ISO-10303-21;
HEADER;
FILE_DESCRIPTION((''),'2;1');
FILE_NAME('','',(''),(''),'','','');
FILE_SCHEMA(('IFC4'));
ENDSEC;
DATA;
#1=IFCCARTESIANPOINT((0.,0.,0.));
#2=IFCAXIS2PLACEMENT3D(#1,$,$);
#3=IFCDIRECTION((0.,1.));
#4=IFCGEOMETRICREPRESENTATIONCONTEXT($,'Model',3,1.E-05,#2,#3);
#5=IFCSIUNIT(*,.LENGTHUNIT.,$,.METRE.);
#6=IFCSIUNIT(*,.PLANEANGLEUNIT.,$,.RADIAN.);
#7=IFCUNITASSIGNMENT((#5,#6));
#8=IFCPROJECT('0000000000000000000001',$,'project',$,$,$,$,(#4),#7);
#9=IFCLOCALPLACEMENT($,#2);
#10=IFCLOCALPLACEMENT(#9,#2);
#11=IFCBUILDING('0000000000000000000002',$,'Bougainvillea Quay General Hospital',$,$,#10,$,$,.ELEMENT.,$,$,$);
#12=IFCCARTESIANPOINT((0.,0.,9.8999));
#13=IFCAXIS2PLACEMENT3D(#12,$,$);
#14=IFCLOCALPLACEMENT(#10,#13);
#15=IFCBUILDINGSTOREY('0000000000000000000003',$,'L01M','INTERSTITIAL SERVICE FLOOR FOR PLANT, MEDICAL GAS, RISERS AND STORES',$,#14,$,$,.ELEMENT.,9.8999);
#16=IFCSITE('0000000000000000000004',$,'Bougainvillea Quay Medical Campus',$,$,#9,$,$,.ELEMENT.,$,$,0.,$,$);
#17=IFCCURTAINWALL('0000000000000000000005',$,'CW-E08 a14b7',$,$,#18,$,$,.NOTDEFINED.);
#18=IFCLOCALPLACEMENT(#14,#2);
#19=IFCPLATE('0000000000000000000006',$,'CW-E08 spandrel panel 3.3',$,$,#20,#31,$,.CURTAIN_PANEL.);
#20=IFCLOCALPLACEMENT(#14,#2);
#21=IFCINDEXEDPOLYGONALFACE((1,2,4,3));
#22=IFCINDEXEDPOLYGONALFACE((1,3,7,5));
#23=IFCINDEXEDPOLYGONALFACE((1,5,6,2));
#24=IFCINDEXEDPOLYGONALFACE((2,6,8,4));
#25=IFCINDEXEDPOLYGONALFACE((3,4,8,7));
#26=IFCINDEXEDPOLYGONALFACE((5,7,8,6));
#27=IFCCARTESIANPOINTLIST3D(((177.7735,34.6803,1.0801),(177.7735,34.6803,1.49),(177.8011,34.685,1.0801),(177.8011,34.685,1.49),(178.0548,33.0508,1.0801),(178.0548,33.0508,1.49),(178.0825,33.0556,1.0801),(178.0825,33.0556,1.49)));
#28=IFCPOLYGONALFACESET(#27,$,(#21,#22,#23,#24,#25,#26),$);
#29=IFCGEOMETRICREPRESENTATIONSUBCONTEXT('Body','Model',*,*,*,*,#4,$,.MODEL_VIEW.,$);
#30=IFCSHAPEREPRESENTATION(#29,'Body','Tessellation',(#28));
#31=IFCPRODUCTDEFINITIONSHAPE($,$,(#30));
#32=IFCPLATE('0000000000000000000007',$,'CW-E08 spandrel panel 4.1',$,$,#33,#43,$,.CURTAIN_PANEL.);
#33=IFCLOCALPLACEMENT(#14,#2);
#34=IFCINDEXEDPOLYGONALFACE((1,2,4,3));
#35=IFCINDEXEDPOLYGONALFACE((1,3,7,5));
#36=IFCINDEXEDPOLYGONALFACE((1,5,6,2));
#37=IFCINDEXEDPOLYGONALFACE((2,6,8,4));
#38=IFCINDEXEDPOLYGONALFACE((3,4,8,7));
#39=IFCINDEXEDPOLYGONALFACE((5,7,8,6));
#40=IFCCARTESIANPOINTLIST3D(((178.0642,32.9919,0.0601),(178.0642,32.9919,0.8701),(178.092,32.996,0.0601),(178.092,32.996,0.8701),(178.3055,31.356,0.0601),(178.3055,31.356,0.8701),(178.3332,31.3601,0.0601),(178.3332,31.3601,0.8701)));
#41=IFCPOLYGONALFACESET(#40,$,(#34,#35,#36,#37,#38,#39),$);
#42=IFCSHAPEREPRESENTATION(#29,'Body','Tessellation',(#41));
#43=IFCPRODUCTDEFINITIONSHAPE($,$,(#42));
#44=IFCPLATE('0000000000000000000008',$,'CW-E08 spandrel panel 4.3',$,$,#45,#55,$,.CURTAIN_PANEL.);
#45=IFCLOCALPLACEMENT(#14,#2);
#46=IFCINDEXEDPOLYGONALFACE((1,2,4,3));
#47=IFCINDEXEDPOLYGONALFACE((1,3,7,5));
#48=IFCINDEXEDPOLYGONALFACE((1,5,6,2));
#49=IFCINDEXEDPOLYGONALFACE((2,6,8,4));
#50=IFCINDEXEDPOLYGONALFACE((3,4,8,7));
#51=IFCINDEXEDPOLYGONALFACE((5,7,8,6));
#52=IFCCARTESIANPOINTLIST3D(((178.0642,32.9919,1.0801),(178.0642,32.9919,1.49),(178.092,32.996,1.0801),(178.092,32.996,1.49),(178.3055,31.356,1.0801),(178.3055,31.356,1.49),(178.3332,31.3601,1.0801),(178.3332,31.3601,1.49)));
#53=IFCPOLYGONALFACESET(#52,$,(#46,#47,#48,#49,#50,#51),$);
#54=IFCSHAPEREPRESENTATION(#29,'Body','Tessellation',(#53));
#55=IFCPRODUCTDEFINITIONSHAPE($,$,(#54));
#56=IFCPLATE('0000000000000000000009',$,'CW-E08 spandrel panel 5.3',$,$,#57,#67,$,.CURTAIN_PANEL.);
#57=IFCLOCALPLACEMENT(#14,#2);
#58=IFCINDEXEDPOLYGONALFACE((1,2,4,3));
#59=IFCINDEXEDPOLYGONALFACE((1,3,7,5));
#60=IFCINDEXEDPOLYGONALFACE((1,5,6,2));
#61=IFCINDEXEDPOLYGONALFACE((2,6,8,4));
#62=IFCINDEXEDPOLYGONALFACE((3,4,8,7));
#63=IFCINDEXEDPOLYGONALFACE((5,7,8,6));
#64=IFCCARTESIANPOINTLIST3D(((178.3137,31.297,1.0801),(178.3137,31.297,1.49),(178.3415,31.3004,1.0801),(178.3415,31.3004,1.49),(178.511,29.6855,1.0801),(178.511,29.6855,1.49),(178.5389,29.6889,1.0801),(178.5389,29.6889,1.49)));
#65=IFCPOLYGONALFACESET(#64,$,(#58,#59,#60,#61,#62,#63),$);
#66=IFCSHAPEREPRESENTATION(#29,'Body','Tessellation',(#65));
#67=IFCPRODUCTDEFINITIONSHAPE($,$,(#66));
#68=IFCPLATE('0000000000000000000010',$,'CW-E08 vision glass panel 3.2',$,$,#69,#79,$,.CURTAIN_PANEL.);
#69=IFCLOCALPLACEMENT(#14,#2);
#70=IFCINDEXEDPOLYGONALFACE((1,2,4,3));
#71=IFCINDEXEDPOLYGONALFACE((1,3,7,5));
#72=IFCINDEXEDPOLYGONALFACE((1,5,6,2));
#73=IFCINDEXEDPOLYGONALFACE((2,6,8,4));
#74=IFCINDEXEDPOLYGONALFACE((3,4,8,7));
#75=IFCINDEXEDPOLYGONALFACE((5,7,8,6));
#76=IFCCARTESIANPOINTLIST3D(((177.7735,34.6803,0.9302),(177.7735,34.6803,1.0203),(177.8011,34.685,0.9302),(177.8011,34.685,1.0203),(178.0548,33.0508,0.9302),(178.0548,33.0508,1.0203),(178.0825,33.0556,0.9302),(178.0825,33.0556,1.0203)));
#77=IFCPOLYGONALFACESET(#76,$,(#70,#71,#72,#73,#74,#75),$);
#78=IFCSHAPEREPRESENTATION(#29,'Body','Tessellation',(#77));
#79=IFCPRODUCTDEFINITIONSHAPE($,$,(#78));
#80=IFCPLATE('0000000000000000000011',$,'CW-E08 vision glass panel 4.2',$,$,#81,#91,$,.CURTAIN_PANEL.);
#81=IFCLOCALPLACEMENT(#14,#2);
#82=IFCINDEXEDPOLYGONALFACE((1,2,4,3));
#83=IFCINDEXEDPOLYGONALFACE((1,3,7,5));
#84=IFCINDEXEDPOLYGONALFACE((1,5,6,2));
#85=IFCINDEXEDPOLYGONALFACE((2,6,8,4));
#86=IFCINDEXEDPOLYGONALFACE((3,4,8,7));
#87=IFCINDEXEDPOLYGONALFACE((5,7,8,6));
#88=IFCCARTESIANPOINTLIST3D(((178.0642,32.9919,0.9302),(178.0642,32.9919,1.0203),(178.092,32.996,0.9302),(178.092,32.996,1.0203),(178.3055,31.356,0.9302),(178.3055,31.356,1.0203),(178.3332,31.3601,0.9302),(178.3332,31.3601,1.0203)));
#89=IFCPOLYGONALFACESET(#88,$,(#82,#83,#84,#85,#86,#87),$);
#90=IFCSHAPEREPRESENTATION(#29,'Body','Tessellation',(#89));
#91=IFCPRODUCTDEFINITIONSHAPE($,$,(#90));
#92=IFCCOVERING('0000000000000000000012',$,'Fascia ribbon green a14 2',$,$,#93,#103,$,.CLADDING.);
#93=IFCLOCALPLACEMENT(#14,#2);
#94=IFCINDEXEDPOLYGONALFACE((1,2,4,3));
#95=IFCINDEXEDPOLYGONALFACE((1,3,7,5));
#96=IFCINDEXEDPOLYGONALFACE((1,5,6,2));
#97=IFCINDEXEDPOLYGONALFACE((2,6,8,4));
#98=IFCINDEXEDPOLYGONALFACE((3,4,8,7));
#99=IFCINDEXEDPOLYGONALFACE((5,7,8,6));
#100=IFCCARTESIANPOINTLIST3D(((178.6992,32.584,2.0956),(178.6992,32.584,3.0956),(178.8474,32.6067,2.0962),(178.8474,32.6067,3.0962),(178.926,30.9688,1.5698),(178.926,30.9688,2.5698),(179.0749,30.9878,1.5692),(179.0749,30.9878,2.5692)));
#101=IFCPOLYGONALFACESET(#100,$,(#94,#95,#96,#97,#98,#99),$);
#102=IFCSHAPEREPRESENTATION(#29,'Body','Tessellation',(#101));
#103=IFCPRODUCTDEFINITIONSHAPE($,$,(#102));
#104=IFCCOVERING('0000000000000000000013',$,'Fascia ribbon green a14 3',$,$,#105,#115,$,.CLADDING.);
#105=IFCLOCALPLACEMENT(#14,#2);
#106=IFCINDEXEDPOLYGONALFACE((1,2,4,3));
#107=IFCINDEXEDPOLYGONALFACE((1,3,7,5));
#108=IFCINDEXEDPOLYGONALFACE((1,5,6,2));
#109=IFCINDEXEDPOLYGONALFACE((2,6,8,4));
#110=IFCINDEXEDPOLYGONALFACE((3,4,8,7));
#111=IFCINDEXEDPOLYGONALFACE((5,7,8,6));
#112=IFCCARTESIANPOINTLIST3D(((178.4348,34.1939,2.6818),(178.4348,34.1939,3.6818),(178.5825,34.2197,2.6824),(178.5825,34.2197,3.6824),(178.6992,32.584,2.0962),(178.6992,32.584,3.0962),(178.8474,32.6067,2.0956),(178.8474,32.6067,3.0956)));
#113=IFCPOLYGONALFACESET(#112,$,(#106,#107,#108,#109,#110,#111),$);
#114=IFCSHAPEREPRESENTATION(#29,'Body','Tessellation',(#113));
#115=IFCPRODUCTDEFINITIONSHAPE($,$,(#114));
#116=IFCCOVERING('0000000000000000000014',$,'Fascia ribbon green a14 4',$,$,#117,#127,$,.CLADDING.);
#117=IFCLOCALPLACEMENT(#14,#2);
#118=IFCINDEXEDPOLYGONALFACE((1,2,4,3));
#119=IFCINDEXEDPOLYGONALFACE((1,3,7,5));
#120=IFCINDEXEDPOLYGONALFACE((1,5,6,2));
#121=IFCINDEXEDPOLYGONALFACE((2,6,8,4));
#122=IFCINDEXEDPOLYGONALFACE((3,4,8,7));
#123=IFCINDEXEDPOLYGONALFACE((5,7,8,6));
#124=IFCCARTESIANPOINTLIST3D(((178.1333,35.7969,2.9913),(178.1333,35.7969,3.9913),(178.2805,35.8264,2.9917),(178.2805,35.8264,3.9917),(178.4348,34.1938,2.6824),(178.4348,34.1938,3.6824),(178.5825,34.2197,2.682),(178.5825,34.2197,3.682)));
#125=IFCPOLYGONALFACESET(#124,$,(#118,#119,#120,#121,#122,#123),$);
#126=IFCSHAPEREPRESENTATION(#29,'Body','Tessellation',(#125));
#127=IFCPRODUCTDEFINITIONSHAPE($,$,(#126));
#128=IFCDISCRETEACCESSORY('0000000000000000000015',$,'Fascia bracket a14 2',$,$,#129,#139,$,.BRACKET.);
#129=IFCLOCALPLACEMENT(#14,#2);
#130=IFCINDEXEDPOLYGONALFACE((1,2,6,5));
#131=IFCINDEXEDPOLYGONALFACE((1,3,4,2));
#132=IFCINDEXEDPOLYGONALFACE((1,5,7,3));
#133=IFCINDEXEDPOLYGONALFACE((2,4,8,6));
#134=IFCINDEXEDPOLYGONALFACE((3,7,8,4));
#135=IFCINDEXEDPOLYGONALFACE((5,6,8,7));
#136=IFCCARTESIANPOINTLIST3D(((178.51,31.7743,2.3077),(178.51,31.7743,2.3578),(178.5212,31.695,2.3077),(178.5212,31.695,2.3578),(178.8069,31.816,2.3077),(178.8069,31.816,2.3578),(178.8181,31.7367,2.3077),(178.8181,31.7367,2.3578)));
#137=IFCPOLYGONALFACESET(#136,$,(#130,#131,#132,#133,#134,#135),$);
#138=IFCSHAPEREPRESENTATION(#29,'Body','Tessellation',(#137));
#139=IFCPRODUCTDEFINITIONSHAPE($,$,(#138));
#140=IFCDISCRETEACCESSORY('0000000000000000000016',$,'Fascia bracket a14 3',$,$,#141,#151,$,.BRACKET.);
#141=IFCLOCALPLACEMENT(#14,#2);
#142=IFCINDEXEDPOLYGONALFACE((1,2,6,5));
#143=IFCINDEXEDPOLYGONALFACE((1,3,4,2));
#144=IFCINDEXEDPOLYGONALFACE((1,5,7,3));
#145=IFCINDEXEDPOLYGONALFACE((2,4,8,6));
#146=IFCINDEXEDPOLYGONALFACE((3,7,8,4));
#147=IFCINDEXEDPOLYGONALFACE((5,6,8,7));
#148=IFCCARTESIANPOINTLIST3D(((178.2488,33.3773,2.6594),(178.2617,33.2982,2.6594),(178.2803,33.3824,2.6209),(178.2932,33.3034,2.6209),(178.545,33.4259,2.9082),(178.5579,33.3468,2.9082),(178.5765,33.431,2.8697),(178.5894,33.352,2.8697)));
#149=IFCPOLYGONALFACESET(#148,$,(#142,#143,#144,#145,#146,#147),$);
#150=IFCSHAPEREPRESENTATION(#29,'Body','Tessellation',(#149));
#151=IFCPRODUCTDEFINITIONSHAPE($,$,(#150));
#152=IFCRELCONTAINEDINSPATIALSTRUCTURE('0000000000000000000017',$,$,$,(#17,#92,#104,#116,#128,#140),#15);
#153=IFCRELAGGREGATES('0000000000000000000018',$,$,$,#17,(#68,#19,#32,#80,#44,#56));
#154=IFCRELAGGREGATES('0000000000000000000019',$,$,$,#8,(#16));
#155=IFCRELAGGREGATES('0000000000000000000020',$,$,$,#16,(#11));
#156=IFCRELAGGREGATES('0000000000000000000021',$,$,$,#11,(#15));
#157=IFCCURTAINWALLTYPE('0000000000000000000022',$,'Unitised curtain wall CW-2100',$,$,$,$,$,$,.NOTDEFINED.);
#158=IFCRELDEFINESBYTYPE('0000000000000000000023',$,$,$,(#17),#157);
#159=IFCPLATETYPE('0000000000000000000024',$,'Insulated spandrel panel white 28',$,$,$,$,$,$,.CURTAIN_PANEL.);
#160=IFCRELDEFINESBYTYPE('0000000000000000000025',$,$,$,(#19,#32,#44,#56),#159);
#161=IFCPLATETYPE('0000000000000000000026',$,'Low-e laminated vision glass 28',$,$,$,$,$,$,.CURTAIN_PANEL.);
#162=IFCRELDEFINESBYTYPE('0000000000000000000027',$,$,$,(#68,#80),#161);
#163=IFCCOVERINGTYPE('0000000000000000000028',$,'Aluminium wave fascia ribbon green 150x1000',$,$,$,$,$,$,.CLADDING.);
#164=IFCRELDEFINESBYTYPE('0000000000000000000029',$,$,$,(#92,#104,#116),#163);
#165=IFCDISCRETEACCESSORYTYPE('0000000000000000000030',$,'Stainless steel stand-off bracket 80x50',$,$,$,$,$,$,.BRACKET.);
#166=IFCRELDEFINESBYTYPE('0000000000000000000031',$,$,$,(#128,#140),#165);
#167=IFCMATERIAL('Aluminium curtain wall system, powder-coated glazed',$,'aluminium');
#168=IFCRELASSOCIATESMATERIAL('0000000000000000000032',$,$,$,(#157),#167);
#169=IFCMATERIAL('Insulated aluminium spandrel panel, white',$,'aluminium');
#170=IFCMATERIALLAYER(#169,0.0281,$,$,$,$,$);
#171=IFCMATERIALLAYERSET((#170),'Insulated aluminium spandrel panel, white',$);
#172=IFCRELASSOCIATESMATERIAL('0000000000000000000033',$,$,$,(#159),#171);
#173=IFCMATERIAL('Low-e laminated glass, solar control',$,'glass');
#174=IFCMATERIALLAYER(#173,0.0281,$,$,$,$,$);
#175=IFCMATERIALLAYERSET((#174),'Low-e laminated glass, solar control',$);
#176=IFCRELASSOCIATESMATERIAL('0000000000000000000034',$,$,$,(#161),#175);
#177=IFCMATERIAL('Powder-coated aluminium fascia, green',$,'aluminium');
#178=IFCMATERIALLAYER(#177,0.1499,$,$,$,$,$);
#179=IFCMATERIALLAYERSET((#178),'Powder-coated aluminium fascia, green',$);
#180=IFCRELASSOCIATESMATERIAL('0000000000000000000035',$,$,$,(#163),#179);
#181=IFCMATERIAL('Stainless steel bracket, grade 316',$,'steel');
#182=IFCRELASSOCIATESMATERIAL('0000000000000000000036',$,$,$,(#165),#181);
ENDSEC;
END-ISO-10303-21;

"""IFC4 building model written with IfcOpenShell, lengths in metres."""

from ifc_helpers import new_model, si_unit, direction, frame, origin, origin_2d, place, context, subcontext, project, spatial, polyline, rectangle, outline, extrude, material, layer, layer_set, material_profile, profile_set, type_object, element, aggregate, save


model = new_model("IFC4")

# Units and contexts
model_context = context("Model", 3, precision=1e-05, world=origin(), true_north=direction((0.0, 1.0)))
body_context = subcontext(model_context, "Body", "Model", "MODEL_VIEW")
ifc_project = project(units=[si_unit("LENGTHUNIT", "METRE"), si_unit("PLANEANGLEUNIT", "RADIAN")], contexts=[model_context])

# Site, building, storey
site_placement = place(None, origin())
site = spatial("IfcSite", under=ifc_project, at=site_placement, Name="Bougainvillea Quay Medical Campus", CompositionType="ELEMENT", RefElevation=0.0)
building_placement = place(site_placement, origin())
building = spatial("IfcBuilding", under=site, at=building_placement, Name="Bougainvillea Quay General Hospital", CompositionType="ELEMENT")
storey_placement = place(building_placement, frame((0.0, 0.0, 9.8999)))
storey = spatial("IfcBuildingStorey", under=building, at=storey_placement, Name="L01M", Description="INTERSTITIAL SERVICE FLOOR FOR PLANT, MEDICAL GAS, RISERS AND STORES", CompositionType="ELEMENT", Elevation=9.8999)

# Curtain wall, plates
ifc_material_1 = material(Name="Aluminium curtain wall system, powder-coated glazed", Category="aluminium")
curtain_wall_type = type_object("IfcCurtainWallType", Name="Unitised curtain wall CW-2100", PredefinedType="NOTDEFINED", material=ifc_material_1)
curtain_wall_placement = place(storey_placement, origin())
curtain_wall = element("IfcCurtainWall", 1, at=curtain_wall_placement, inside=storey, type_object=curtain_wall_type, Name="CW-E08 a14b7", PredefinedType="NOTDEFINED")
ifc_material_2 = material(Name="Insulated aluminium spandrel panel, white", Category="aluminium")
ifc_layer_1 = layer(ifc_material_2, 0.0281)
ifc_layer_set_1 = layer_set([ifc_layer_1], Name="Insulated aluminium spandrel panel, white")
plate_type_1 = type_object("IfcPlateType", Name="Insulated spandrel panel white 28", PredefinedType="CURTAIN_PANEL", material=ifc_layer_set_1)
plate_1_placement = place(storey_placement, frame((177.928, 33.8679, 1.0801), z_axis=(0.0, 0.0, 1.0), x_axis=(0.17016, -0.985416, 0.0)))
plate_1 = element("IfcPlate", 2, at=plate_1_placement, type_object=plate_type_1, Name="CW-E08 spandrel panel 3.3", PredefinedType="CURTAIN_PANEL", context=body_context, shape_type="SweptSolid", body=[
    extrude(rectangle(XDim=1.6536, YDim=0.0281, at=origin_2d()), origin(), (0.0, 0.0, 1.0), 0.4099),
])
plate_2_placement = place(storey_placement, frame((178.1987, 32.176, 0.0601), z_axis=(0.0, 0.0, 1.0), x_axis=(0.145903, -0.989299, 0.0)))
plate_2 = element("IfcPlate", 3, at=plate_2_placement, type_object=plate_type_1, Name="CW-E08 spandrel panel 4.1", PredefinedType="CURTAIN_PANEL", context=body_context, shape_type="SweptSolid", body=[
    extrude(rectangle(XDim=1.6536, YDim=0.0281, at=origin_2d()), origin(), (0.0, 0.0, 1.0), 0.8101),
])
plate_3_placement = place(storey_placement, frame((178.1987, 32.176, 1.0801), z_axis=(0.0, 0.0, 1.0), x_axis=(0.145903, -0.989299, 0.0)))
plate_3 = element("IfcPlate", 4, at=plate_3_placement, type_object=plate_type_1, Name="CW-E08 spandrel panel 4.3", PredefinedType="CURTAIN_PANEL", context=body_context, shape_type="SweptSolid", body=[
    extrude(rectangle(XDim=1.6536, YDim=0.0281, at=origin_2d()), origin(), (0.0, 0.0, 1.0), 0.4099),
])
plate_4_placement = place(storey_placement, frame((178.4263, 30.4929, 1.0801), z_axis=(0.0, 0.0, 1.0), x_axis=(0.121558, -0.992584, 0.0)))
plate_4 = element("IfcPlate", 5, at=plate_4_placement, type_object=plate_type_1, Name="CW-E08 spandrel panel 5.3", PredefinedType="CURTAIN_PANEL", context=body_context, shape_type="SweptSolid", body=[
    extrude(rectangle(XDim=1.6235, YDim=0.0281, at=origin_2d()), origin(), (0.0, 0.0, 1.0), 0.4099),
])
ifc_material_3 = material(Name="Low-e laminated glass, solar control", Category="glass")
ifc_layer_2 = layer(ifc_material_3, 0.0281)
ifc_layer_set_2 = layer_set([ifc_layer_2], Name="Low-e laminated glass, solar control")
plate_type_2 = type_object("IfcPlateType", Name="Low-e laminated vision glass 28", PredefinedType="CURTAIN_PANEL", material=ifc_layer_set_2)
plate_5_placement = place(storey_placement, frame((177.928, 33.8679, 0.9302), z_axis=(0.0, 0.0, 1.0), x_axis=(0.17016, -0.985416, 0.0)))
plate_5 = element("IfcPlate", 6, at=plate_5_placement, type_object=plate_type_2, Name="CW-E08 vision glass panel 3.2", PredefinedType="CURTAIN_PANEL", context=body_context, shape_type="SweptSolid", body=[
    extrude(rectangle(XDim=1.6536, YDim=0.0281, at=origin_2d()), origin(), (0.0, 0.0, 1.0), 0.0901),
])
plate_6_placement = place(storey_placement, frame((178.1987, 32.176, 0.9302), z_axis=(0.0, 0.0, 1.0), x_axis=(0.145903, -0.989299, 0.0)))
plate_6 = element("IfcPlate", 7, at=plate_6_placement, type_object=plate_type_2, Name="CW-E08 vision glass panel 4.2", PredefinedType="CURTAIN_PANEL", context=body_context, shape_type="SweptSolid", body=[
    extrude(rectangle(XDim=1.6536, YDim=0.0281, at=origin_2d()), origin(), (0.0, 0.0, 1.0), 0.0901),
])
aggregate(curtain_wall, [plate_5, plate_1, plate_2, plate_6, plate_3, plate_4])

# Coverings
ifc_material_4 = material(Name="Powder-coated aluminium fascia, green", Category="aluminium")
ifc_layer_3 = layer(ifc_material_4, 0.1499)
ifc_layer_set_3 = layer_set([ifc_layer_3], Name="Powder-coated aluminium fascia, green")
covering_type = type_object("IfcCoveringType", Name="Aluminium wave fascia ribbon green 150x1000", PredefinedType="CLADDING", material=ifc_layer_set_3)
covering_1_placement = place(storey_placement, frame((178.926, 30.9688, 1.5698), z_axis=(0.042689, -0.303813, 0.951775), x_axis=(-0.132347, 0.942528, 0.306797)))
element("IfcCovering", 8, at=covering_1_placement, inside=storey, type_object=covering_type, Name="Fascia ribbon green a14 2", PredefinedType="CLADDING", context=body_context, shape_type="SweptSolid", body=[
    extrude(outline(polyline([(0.0, 0.0), (1.7138, 0.0), (1.7157, -0.1499), (-0.0019, -0.1501), (0.0, 0.0)])), origin(), (0.306797, 0.000026, 0.951775), 1.0),
])
covering_2_placement = place(storey_placement, frame((178.6992, 32.584, 2.0962), z_axis=(0.054738, -0.333382, 0.941201), x_axis=(-0.152539, 0.928758, 0.337846)))
element("IfcCovering", 9, at=covering_2_placement, inside=storey, type_object=covering_type, Name="Fascia ribbon green a14 3", PredefinedType="CLADDING", context=body_context, shape_type="SweptSolid", body=[
    extrude(outline(polyline([(0.0, 0.0), (1.7334, 0.0), (1.735, -0.1499), (-0.0017, -0.1499), (0.0, 0.0)])), origin(), (0.337846, -0.000015, 0.941201), 1.0),
])
covering_3_placement = place(storey_placement, frame((178.4348, 34.1938, 2.6824), z_axis=(0.034372, -0.182913, 0.982528), x_axis=(-0.181619, 0.965596, 0.186115)))
element("IfcCovering", 10, at=covering_3_placement, inside=storey, type_object=covering_type, Name="Fascia ribbon green a14 4", PredefinedType="CLADDING", context=body_context, shape_type="SweptSolid", body=[
    extrude(outline(polyline([(0.0, 0.0), (1.6601, 0.0), (1.662, -0.1501), (-0.0019, -0.1499), (0.0, 0.0)])), origin(), (0.186115, -0.000031, 0.982528), 1.0),
])

# Discrete accessories
ifc_material_5 = material(Name="Stainless steel bracket, grade 316", Category="steel")
ifc_material_profile_1 = material_profile(ifc_material_5, rectangle(XDim=0.0801, YDim=0.05, at=origin_2d()))
ifc_profile_set_1 = profile_set([ifc_material_profile_1], Name="Stainless steel bracket, grade 316")
discrete_accessory_type = type_object("IfcDiscreteAccessoryType", Name="Stainless steel stand-off bracket 80x50", PredefinedType="BRACKET", material=ifc_profile_set_1)
discrete_accessory_1_placement = place(storey_placement, frame((178.5156, 31.7346, 2.3328), z_axis=(0.990257, 0.139255, 0.0), x_axis=(-0.139255, 0.990257, 0.0)))
element("IfcDiscreteAccessory", 11, at=discrete_accessory_1_placement, inside=storey, type_object=discrete_accessory_type, Name="Fascia bracket a14 2", PredefinedType="BRACKET", context=body_context, shape_type="SweptSolid", body=[
    extrude(rectangle(XDim=0.0801, YDim=0.05, at=origin_2d()), origin(), (0.0, 0.0, 1.0), 0.2998),
])
discrete_accessory_2_placement = place(storey_placement, frame((178.271, 33.3403, 2.6401), z_axis=(0.75971, 0.124635, 0.638206), x_axis=(-0.161892, 0.986808, 0.0)))
element("IfcDiscreteAccessory", 12, at=discrete_accessory_2_placement, inside=storey, type_object=discrete_accessory_type, Name="Fascia bracket a14 3", PredefinedType="BRACKET", context=body_context, shape_type="SweptSolid", body=[
    extrude(rectangle(XDim=0.0801, YDim=0.05, at=origin_2d()), origin(), (0.0, 0.0, 1.0), 0.3899),
])

save(model, "model.ifc")
